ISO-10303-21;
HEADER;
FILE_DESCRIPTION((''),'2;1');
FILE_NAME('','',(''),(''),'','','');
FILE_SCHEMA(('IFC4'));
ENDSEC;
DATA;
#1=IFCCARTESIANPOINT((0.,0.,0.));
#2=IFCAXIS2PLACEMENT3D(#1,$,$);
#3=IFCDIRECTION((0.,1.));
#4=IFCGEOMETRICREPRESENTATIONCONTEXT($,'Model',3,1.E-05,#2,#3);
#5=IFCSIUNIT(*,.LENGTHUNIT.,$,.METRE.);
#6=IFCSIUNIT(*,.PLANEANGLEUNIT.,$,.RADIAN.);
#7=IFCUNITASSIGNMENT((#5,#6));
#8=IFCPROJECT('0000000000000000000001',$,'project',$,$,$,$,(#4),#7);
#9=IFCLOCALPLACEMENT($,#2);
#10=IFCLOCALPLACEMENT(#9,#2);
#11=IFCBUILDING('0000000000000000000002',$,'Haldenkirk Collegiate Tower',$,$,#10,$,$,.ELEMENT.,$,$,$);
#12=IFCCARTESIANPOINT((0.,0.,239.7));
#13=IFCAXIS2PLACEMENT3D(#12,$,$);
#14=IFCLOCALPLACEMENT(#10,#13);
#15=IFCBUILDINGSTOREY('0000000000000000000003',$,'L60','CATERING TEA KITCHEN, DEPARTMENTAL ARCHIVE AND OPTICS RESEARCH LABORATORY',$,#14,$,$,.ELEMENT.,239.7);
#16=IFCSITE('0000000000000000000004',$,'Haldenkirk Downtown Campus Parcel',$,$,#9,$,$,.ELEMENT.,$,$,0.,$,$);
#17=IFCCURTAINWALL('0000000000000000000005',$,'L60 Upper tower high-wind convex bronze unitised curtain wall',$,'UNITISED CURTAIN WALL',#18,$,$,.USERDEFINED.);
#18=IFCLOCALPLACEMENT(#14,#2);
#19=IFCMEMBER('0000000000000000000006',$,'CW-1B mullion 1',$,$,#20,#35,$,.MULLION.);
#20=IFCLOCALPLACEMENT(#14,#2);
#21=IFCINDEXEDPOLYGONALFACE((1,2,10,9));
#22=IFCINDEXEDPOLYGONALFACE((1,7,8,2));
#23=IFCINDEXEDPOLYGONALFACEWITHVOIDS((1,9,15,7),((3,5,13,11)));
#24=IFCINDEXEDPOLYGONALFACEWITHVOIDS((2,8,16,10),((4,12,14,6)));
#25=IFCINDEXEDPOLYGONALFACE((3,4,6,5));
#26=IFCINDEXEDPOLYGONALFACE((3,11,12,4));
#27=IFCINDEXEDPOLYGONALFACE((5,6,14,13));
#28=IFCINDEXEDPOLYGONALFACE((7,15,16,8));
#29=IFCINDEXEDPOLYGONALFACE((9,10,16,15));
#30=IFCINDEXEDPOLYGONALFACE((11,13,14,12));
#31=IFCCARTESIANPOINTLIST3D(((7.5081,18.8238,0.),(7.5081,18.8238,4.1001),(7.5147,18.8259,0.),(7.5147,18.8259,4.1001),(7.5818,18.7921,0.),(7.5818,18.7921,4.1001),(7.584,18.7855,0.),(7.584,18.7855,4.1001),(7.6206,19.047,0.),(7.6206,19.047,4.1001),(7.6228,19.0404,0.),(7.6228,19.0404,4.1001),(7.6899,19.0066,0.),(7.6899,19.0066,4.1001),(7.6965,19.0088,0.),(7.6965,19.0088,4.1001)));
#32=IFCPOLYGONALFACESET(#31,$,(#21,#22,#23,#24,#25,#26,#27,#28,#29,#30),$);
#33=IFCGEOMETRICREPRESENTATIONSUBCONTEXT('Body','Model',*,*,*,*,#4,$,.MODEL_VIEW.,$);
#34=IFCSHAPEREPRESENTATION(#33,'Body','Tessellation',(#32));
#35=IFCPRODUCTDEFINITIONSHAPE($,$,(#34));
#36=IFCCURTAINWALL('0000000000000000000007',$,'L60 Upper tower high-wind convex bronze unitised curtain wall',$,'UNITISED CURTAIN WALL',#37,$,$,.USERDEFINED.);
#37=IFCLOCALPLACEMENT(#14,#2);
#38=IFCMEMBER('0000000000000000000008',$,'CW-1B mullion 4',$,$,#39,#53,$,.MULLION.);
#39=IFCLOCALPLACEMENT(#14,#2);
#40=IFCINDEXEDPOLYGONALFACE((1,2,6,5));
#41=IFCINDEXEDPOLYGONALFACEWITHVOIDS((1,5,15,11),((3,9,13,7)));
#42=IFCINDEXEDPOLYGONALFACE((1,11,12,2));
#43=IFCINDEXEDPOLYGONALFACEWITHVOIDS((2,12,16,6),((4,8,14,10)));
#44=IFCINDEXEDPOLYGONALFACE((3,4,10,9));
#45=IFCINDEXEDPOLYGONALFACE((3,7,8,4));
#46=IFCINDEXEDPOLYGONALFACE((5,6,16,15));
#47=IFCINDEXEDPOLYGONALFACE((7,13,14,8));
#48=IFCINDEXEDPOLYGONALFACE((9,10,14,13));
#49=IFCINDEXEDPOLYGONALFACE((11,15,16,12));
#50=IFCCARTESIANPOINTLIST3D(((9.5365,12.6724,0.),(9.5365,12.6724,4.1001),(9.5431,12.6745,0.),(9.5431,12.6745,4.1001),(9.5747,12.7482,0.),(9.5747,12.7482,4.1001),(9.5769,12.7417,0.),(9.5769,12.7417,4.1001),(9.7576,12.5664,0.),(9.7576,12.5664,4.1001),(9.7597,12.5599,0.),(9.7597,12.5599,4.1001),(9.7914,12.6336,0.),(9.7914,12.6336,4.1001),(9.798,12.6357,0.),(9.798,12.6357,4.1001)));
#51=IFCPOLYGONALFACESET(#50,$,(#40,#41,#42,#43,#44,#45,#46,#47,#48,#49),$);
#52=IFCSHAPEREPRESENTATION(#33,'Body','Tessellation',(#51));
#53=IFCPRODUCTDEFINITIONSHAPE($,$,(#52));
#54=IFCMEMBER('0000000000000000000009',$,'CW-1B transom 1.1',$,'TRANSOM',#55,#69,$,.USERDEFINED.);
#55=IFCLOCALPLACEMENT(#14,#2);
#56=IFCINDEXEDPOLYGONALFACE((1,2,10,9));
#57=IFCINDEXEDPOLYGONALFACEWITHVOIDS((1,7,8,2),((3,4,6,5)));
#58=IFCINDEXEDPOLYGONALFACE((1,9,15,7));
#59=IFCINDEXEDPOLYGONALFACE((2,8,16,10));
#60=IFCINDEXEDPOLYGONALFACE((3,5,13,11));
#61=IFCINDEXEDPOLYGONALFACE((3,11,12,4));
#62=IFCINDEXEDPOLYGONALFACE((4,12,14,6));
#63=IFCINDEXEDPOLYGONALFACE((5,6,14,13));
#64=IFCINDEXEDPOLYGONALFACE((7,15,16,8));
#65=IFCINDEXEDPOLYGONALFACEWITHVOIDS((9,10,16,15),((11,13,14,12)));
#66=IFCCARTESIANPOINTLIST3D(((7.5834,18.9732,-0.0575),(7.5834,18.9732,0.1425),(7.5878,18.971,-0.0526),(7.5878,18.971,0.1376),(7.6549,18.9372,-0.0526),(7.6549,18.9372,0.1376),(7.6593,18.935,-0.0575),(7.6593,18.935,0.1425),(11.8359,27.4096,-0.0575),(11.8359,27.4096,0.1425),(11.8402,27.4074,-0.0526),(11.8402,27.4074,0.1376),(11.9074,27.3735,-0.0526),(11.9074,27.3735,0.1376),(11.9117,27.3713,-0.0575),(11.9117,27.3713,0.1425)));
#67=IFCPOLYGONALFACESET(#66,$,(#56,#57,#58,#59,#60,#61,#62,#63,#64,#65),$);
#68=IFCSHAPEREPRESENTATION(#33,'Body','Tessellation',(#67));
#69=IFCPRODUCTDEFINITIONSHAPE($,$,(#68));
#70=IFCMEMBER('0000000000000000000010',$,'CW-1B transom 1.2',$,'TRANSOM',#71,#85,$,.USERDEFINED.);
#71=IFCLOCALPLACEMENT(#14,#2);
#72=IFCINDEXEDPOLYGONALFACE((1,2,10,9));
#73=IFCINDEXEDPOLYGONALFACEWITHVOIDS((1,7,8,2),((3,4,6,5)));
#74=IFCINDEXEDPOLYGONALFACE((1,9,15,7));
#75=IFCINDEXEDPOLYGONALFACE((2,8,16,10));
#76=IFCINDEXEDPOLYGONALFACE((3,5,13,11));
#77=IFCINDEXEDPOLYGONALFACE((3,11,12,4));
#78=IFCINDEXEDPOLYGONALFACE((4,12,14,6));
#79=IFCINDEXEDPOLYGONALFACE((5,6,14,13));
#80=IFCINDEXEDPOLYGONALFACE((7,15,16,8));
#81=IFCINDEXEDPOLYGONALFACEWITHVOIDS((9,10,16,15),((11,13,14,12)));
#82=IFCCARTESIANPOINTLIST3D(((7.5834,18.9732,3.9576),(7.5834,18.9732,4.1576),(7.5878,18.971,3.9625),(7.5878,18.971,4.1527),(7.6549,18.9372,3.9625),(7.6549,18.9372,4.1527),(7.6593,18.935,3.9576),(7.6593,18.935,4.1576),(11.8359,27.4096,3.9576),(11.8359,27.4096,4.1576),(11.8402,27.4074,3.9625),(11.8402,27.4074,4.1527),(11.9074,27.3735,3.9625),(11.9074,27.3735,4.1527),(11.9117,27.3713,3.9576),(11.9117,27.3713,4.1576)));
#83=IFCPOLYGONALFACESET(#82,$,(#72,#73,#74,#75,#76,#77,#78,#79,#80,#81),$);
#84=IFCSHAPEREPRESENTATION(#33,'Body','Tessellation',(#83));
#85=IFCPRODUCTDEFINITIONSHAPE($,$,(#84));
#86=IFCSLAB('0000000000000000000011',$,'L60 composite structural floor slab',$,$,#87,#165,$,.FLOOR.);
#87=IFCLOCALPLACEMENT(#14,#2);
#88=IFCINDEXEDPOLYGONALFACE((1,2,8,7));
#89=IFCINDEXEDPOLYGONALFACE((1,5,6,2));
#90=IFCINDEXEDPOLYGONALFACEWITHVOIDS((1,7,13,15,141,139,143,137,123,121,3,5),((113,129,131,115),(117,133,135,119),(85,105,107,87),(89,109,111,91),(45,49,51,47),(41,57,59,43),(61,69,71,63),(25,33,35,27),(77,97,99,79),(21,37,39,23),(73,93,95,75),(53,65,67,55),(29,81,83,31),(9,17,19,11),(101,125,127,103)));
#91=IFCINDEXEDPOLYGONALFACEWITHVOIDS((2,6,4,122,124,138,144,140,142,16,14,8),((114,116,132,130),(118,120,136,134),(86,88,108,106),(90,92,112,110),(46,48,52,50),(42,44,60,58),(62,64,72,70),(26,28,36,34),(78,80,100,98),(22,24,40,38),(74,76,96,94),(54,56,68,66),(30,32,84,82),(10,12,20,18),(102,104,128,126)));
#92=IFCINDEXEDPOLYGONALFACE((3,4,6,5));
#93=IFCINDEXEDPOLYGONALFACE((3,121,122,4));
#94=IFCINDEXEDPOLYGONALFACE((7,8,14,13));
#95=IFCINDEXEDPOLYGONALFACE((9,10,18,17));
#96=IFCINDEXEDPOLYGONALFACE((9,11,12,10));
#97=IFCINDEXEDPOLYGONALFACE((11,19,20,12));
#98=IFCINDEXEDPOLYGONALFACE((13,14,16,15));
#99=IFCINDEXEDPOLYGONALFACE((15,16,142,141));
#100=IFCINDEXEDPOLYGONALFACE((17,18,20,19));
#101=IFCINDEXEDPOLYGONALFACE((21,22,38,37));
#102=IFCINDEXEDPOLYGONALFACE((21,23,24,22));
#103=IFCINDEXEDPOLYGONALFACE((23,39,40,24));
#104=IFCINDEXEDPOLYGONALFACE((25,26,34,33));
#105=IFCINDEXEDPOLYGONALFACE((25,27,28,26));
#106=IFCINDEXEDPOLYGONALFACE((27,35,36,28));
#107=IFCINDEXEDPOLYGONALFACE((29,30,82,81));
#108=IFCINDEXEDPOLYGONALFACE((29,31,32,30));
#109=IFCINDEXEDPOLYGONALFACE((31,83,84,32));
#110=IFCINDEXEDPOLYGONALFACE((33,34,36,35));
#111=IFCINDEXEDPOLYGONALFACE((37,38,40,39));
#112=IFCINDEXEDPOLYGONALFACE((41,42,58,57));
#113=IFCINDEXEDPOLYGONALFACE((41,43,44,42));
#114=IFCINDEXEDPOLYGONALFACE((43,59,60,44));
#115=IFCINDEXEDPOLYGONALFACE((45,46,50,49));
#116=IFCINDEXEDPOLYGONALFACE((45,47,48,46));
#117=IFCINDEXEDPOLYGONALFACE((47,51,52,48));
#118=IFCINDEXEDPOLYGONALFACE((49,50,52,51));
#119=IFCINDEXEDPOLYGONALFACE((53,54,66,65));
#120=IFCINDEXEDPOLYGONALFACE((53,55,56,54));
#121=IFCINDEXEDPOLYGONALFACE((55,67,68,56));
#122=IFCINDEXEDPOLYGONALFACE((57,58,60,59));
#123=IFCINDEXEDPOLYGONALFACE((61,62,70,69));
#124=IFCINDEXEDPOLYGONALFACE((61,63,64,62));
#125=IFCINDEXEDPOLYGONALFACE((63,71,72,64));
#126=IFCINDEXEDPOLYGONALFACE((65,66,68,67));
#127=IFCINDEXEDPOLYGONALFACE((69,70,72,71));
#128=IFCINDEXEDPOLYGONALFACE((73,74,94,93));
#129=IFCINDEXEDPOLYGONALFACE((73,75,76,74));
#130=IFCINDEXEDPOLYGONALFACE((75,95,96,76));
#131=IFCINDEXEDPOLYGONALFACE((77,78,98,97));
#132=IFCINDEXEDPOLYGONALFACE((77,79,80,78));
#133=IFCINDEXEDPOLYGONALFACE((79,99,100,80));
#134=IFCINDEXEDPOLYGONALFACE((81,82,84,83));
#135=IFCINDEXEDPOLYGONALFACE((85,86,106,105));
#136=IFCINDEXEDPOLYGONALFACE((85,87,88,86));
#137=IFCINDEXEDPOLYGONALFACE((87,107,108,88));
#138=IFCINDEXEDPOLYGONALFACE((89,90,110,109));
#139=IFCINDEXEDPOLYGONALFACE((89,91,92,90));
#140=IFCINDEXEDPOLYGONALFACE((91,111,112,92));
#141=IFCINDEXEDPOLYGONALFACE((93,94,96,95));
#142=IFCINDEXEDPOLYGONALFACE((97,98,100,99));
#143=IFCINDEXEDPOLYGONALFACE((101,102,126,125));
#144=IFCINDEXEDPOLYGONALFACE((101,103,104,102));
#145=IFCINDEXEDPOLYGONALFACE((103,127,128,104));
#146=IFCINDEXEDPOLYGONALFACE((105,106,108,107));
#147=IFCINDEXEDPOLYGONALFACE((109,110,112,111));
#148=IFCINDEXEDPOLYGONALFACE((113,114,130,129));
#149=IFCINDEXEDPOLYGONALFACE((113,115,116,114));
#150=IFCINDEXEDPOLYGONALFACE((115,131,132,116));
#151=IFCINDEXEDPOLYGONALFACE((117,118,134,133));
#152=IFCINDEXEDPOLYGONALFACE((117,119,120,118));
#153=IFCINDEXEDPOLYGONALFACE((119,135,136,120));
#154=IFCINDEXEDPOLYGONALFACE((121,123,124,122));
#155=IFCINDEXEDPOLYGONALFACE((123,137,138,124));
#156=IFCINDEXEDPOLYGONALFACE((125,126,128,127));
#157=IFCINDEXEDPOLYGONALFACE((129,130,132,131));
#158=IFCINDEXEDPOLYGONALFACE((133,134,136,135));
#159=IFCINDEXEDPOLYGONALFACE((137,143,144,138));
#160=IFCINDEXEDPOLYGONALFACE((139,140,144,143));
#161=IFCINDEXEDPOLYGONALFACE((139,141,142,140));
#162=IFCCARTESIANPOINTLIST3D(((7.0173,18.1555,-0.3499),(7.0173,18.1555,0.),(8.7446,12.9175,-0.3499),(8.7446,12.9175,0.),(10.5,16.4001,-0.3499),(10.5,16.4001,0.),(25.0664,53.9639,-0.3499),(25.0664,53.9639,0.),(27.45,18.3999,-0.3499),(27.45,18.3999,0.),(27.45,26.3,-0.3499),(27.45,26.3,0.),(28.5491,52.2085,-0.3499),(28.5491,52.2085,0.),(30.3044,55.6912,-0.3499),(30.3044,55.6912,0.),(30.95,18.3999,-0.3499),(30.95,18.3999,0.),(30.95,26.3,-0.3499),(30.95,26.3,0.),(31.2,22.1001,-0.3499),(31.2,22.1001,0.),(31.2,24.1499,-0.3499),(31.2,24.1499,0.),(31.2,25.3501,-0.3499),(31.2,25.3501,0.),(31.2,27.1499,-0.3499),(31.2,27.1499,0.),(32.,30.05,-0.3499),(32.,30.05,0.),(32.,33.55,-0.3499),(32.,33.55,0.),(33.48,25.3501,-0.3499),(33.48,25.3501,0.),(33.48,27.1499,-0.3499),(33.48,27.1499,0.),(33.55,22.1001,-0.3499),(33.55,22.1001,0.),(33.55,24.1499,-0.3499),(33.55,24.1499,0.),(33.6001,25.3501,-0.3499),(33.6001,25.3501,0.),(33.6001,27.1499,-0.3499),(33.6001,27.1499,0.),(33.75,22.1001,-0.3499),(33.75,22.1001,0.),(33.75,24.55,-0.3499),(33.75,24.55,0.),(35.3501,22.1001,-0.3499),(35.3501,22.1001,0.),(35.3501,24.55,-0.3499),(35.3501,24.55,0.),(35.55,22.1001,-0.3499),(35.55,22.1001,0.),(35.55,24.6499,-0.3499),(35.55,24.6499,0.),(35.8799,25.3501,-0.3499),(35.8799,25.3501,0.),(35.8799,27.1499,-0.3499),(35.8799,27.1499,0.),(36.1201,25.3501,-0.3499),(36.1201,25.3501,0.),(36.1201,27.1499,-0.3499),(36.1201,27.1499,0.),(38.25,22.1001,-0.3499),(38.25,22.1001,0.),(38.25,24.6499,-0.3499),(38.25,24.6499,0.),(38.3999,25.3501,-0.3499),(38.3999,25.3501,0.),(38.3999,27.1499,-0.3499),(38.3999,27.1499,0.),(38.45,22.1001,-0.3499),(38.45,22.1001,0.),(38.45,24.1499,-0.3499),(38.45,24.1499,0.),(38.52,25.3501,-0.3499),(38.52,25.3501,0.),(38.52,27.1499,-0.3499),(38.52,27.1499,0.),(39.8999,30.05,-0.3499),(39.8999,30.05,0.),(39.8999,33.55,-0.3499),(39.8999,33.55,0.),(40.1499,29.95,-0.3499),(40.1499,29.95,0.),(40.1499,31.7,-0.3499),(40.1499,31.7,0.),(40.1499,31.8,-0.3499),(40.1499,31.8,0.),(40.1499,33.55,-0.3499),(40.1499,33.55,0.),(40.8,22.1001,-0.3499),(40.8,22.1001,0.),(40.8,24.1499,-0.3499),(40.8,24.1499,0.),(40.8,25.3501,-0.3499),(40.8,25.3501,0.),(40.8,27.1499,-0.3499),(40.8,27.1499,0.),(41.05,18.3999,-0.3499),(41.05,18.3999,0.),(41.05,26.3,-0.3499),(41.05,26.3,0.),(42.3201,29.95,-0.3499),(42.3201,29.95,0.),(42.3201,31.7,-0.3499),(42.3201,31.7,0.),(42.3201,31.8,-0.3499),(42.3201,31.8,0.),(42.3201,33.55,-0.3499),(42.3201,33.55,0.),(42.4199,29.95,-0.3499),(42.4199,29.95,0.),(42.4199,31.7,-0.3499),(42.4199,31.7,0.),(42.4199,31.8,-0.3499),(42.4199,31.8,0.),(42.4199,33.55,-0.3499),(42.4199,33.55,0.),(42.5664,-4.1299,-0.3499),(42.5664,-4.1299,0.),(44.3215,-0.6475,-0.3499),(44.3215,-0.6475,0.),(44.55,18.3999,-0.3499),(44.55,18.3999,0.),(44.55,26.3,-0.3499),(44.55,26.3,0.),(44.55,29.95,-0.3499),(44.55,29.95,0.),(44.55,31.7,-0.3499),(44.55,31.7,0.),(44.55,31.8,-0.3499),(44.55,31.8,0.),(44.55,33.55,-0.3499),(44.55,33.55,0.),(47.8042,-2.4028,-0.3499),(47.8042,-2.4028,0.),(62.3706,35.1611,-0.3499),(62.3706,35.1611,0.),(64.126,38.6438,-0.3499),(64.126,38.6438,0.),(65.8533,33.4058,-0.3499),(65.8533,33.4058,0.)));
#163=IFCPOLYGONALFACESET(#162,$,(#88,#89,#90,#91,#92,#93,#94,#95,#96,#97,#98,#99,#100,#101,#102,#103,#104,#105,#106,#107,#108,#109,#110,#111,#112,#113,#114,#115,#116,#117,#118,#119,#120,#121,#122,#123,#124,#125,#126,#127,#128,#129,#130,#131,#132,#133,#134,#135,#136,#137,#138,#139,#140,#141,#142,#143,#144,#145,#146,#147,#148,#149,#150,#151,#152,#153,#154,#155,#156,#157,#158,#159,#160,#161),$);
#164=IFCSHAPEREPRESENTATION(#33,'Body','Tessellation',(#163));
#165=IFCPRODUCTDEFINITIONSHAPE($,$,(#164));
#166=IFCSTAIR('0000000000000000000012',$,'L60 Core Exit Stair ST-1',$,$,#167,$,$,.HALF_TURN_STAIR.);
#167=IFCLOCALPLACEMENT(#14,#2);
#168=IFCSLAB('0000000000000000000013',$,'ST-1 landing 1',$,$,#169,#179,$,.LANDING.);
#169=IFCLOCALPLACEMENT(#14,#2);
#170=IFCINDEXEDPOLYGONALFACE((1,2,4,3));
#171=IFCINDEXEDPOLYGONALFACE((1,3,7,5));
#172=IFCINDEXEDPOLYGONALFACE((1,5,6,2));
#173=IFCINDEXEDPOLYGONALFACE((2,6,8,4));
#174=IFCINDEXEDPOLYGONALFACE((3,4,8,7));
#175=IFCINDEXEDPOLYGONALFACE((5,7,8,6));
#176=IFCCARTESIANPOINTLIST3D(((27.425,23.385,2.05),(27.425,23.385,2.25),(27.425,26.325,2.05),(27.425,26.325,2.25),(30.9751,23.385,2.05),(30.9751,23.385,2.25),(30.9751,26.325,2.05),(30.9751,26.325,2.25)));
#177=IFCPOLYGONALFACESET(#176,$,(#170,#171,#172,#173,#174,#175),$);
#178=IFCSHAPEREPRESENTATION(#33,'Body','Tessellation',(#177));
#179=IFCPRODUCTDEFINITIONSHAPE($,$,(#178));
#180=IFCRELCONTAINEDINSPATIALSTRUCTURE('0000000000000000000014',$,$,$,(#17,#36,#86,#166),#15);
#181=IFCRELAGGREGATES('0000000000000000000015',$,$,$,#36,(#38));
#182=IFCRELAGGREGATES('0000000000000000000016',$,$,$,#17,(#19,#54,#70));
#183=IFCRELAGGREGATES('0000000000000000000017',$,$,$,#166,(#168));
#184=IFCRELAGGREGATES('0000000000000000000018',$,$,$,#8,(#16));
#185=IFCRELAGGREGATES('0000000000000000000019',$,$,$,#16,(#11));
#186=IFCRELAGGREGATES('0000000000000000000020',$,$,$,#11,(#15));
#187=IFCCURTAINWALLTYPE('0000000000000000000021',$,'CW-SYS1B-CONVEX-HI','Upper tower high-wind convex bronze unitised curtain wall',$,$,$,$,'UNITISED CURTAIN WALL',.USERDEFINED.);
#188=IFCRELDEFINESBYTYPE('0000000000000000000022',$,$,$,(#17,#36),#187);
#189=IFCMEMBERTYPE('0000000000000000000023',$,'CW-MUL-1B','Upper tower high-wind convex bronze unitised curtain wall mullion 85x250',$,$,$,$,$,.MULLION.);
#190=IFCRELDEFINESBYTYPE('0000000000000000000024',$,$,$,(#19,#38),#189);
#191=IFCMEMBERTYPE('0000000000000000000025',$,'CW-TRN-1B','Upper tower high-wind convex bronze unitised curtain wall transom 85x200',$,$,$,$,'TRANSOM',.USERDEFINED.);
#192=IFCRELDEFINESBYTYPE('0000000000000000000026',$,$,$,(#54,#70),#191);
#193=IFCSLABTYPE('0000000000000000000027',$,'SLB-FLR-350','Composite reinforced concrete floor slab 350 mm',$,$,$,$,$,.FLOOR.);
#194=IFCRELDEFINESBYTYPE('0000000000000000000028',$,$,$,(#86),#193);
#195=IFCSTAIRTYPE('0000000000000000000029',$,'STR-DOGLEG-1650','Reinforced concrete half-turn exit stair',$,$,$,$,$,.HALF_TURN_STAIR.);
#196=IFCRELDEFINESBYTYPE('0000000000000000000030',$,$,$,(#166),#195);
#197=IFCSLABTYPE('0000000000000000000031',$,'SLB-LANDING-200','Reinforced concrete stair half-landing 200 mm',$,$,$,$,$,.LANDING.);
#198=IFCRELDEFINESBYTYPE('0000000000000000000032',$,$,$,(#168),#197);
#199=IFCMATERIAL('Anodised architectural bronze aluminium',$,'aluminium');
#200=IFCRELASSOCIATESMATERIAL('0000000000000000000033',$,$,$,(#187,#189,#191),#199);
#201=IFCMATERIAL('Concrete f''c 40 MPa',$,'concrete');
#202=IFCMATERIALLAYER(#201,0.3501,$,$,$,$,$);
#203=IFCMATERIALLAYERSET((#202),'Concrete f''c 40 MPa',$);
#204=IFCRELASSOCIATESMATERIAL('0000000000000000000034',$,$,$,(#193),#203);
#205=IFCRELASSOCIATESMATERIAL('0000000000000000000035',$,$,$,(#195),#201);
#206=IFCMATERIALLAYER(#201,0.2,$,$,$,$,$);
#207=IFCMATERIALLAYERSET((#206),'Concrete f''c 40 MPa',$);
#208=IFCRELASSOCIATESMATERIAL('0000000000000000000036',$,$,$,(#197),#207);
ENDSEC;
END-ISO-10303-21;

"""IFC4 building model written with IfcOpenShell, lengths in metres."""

from ifc_helpers import new_model, si_unit, direction, frame, origin, origin_2d, place, context, subcontext, project, spatial, polyline, hollow_rectangle, outline, extrude, material, layer, layer_set, material_profile, profile_set, type_object, element, aggregate, save


model = new_model("IFC4")

# Units and contexts
model_context = context("Model", 3, precision=1e-05, world=origin(), true_north=direction((0.0, 1.0)))
body_context = subcontext(model_context, "Body", "Model", "MODEL_VIEW")
ifc_project = project(units=[si_unit("LENGTHUNIT", "METRE"), si_unit("PLANEANGLEUNIT", "RADIAN")], contexts=[model_context])

# Site, building, storey
site_placement = place(None, origin())
site = spatial("IfcSite", under=ifc_project, at=site_placement, Name="Haldenkirk Downtown Campus Parcel", CompositionType="ELEMENT", RefElevation=0.0)
building_placement = place(site_placement, origin())
building = spatial("IfcBuilding", under=site, at=building_placement, Name="Haldenkirk Collegiate Tower", CompositionType="ELEMENT")
storey_placement = place(building_placement, frame((0.0, 0.0, 239.7)))
storey = spatial("IfcBuildingStorey", under=building, at=storey_placement, Name="L60", Description="CATERING TEA KITCHEN, DEPARTMENTAL ARCHIVE AND OPTICS RESEARCH LABORATORY", CompositionType="ELEMENT", Elevation=239.7)

# Curtain walls, members
ifc_material_1 = material(Name="Anodised architectural bronze aluminium", Category="aluminium")
curtain_wall_type = type_object("IfcCurtainWallType", Name="CW-SYS1B-CONVEX-HI", Description="Upper tower high-wind convex bronze unitised curtain wall", ElementType="UNITISED CURTAIN WALL", PredefinedType="USERDEFINED", material=ifc_material_1)
curtain_wall_1_placement = place(storey_placement, origin())
curtain_wall_1 = element("IfcCurtainWall", 1, at=curtain_wall_1_placement, inside=storey, type_object=curtain_wall_type, Name="L60 Upper tower high-wind convex bronze unitised curtain wall", ObjectType="UNITISED CURTAIN WALL", PredefinedType="USERDEFINED")
ifc_material_profile_1 = material_profile(ifc_material_1, hollow_rectangle(XDim=0.085, YDim=0.25, WallThickness=0.0049, at=origin_2d()), Name="CW-MUL-1B")
ifc_profile_set_1 = profile_set([ifc_material_profile_1], Name="Anodised architectural bronze aluminium")
member_type_1 = type_object("IfcMemberType", Name="CW-MUL-1B", Description="Upper tower high-wind convex bronze unitised curtain wall mullion 85x250", PredefinedType="MULLION", material=ifc_profile_set_1)
member_1_placement = place(storey_placement, frame((7.6023, 18.9163, 0.0), z_axis=(0.0, 0.0, 1.0), x_axis=(-0.892978, 0.4501, 0.0)))
member_1 = element("IfcMember", 2, at=member_1_placement, type_object=member_type_1, Name="CW-1B mullion 1", PredefinedType="MULLION", context=body_context, shape_type="SweptSolid", body=[
    extrude(hollow_rectangle(XDim=0.085, YDim=0.25, WallThickness=0.0049, at=origin_2d()), origin(), (0.0, 0.0, 1.0), 4.1001),
])
curtain_wall_2_placement = place(storey_placement, origin())
curtain_wall_2 = element("IfcCurtainWall", 3, at=curtain_wall_2_placement, inside=storey, type_object=curtain_wall_type, Name="L60 Upper tower high-wind convex bronze unitised curtain wall", ObjectType="UNITISED CURTAIN WALL", PredefinedType="USERDEFINED")
member_2_placement = place(storey_placement, frame((9.6672, 12.6541, 0.0), z_axis=(0.0, 0.0, 1.0), x_axis=(-0.450099, -0.892979, 0.0)))
member_2 = element("IfcMember", 4, at=member_2_placement, type_object=member_type_1, Name="CW-1B mullion 4", PredefinedType="MULLION", context=body_context, shape_type="SweptSolid", body=[
    extrude(hollow_rectangle(XDim=0.085, YDim=0.25, WallThickness=0.0049, at=origin_2d()), origin(), (0.0, 0.0, 1.0), 4.1001),
])
aggregate(curtain_wall_2, [member_2])

# Members
ifc_material_profile_2 = material_profile(ifc_material_1, hollow_rectangle(XDim=0.085, YDim=0.2, WallThickness=0.0049, at=origin_2d()), Name="CW-TRN-1B")
ifc_profile_set_2 = profile_set([ifc_material_profile_2], Name="Anodised architectural bronze aluminium")
member_type_2 = type_object("IfcMemberType", Name="CW-TRN-1B", Description="Upper tower high-wind convex bronze unitised curtain wall transom 85x200", ElementType="TRANSOM", PredefinedType="USERDEFINED", material=ifc_profile_set_2)
member_3_placement = place(storey_placement, frame((7.6213, 18.9541, 0.0425), z_axis=(0.450116, 0.89297, 0.0), x_axis=(-0.89297, 0.450116, 0.0)))
member_3 = element("IfcMember", 5, at=member_3_placement, type_object=member_type_2, Name="CW-1B transom 1.1", ObjectType="TRANSOM", PredefinedType="USERDEFINED", context=body_context, shape_type="SweptSolid", body=[
    extrude(hollow_rectangle(XDim=0.085, YDim=0.2, WallThickness=0.0049, at=origin_2d()), origin(), (0.0, 0.0, 1.0), 9.4475),
])
member_4_placement = place(storey_placement, frame((7.6213, 18.9541, 4.0576), z_axis=(0.450116, 0.89297, 0.0), x_axis=(-0.89297, 0.450116, 0.0)))
member_4 = element("IfcMember", 6, at=member_4_placement, type_object=member_type_2, Name="CW-1B transom 1.2", ObjectType="TRANSOM", PredefinedType="USERDEFINED", context=body_context, shape_type="SweptSolid", body=[
    extrude(hollow_rectangle(XDim=0.085, YDim=0.2, WallThickness=0.0049, at=origin_2d()), origin(), (0.0, 0.0, 1.0), 9.4475),
])
aggregate(curtain_wall_1, [member_1, member_3, member_4])

# Slab
ifc_material_2 = material(Name="Concrete f'c 40 MPa", Category="concrete")
ifc_layer_1 = layer(ifc_material_2, 0.3501)
ifc_layer_set_1 = layer_set([ifc_layer_1], Name="Concrete f'c 40 MPa")
slab_type_1 = type_object("IfcSlabType", Name="SLB-FLR-350", Description="Composite reinforced concrete floor slab 350 mm", PredefinedType="FLOOR", material=ifc_layer_set_1)
slab_1_placement = place(storey_placement, frame((0.0, 0.0, -0.3499)))
element("IfcSlab", 7, at=slab_1_placement, inside=storey, type_object=slab_type_1, Name="L60 composite structural floor slab", PredefinedType="FLOOR", context=body_context, shape_type="SweptSolid", body=[
    extrude(outline(polyline([(47.8042, -2.4028), (65.8533, 33.4058), (62.3706, 35.1611), (64.126, 38.6438), (30.3044, 55.6912), (28.5491, 52.2085), (25.0664, 53.9639), (7.0173, 18.1555), (10.5, 16.4001), (8.7446, 12.9175), (42.5664, -4.1299), (44.3215, -0.6475), (47.8042, -2.4028)]), holes=[polyline([(27.45, 18.3999), (30.95, 18.3999), (30.95, 26.3), (27.45, 26.3), (27.45, 18.3999)]), polyline([(41.05, 18.3999), (44.55, 18.3999), (44.55, 26.3), (41.05, 26.3), (41.05, 18.3999)]), polyline([(32.0, 30.05), (39.8999, 30.05), (39.8999, 33.55), (32.0, 33.55), (32.0, 30.05)]), polyline([(33.75, 22.1001), (35.3501, 22.1001), (35.3501, 24.55), (33.75, 24.55), (33.75, 22.1001)]), polyline([(40.1499, 29.95), (42.3201, 29.95), (42.3201, 31.7), (40.1499, 31.7), (40.1499, 29.95)]), polyline([(42.4199, 29.95), (44.55, 29.95), (44.55, 31.7), (42.4199, 31.7), (42.4199, 29.95)]), polyline([(40.1499, 31.8), (42.3201, 31.8), (42.3201, 33.55), (40.1499, 33.55), (40.1499, 31.8)]), polyline([(42.4199, 31.8), (44.55, 31.8), (44.55, 33.55), (42.4199, 33.55), (42.4199, 31.8)]), polyline([(31.2, 25.3501), (33.48, 25.3501), (33.48, 27.1499), (31.2, 27.1499), (31.2, 25.3501)]), polyline([(33.6001, 25.3501), (35.8799, 25.3501), (35.8799, 27.1499), (33.6001, 27.1499), (33.6001, 25.3501)]), polyline([(36.1201, 25.3501), (38.3999, 25.3501), (38.3999, 27.1499), (36.1201, 27.1499), (36.1201, 25.3501)]), polyline([(38.52, 25.3501), (40.8, 25.3501), (40.8, 27.1499), (38.52, 27.1499), (38.52, 25.3501)]), polyline([(31.2, 22.1001), (33.55, 22.1001), (33.55, 24.1499), (31.2, 24.1499), (31.2, 22.1001)]), polyline([(38.45, 22.1001), (40.8, 22.1001), (40.8, 24.1499), (38.45, 24.1499), (38.45, 22.1001)]), polyline([(35.55, 22.1001), (38.25, 22.1001), (38.25, 24.6499), (35.55, 24.6499), (35.55, 22.1001)])]), origin(), (0.0, 0.0, 1.0), 0.3499),
])

# Stair, slab
stair_type = type_object("IfcStairType", Name="STR-DOGLEG-1650", Description="Reinforced concrete half-turn exit stair", PredefinedType="HALF_TURN_STAIR", material=ifc_material_2)
stair_1_placement = place(storey_placement, origin())
stair_1 = element("IfcStair", 8, at=stair_1_placement, inside=storey, type_object=stair_type, Name="L60 Core Exit Stair ST-1", PredefinedType="HALF_TURN_STAIR")
ifc_layer_2 = layer(ifc_material_2, 0.2)
ifc_layer_set_2 = layer_set([ifc_layer_2], Name="Concrete f'c 40 MPa")
slab_type_2 = type_object("IfcSlabType", Name="SLB-LANDING-200", Description="Reinforced concrete stair half-landing 200 mm", PredefinedType="LANDING", material=ifc_layer_set_2)
slab_2_placement = place(storey_placement, frame((0.0, 0.0, 2.05)))
slab_2 = element("IfcSlab", 9, at=slab_2_placement, type_object=slab_type_2, Name="ST-1 landing 1", PredefinedType="LANDING", context=body_context, shape_type="SweptSolid", body=[
    extrude(outline(polyline([(30.9751, 23.385), (27.425, 23.385), (27.425, 26.325), (30.9751, 26.325), (30.9751, 23.385)])), origin(), (0.0, 0.0, 1.0), 0.2),
])
aggregate(stair_1, [slab_2])

save(model, "model.ifc")
